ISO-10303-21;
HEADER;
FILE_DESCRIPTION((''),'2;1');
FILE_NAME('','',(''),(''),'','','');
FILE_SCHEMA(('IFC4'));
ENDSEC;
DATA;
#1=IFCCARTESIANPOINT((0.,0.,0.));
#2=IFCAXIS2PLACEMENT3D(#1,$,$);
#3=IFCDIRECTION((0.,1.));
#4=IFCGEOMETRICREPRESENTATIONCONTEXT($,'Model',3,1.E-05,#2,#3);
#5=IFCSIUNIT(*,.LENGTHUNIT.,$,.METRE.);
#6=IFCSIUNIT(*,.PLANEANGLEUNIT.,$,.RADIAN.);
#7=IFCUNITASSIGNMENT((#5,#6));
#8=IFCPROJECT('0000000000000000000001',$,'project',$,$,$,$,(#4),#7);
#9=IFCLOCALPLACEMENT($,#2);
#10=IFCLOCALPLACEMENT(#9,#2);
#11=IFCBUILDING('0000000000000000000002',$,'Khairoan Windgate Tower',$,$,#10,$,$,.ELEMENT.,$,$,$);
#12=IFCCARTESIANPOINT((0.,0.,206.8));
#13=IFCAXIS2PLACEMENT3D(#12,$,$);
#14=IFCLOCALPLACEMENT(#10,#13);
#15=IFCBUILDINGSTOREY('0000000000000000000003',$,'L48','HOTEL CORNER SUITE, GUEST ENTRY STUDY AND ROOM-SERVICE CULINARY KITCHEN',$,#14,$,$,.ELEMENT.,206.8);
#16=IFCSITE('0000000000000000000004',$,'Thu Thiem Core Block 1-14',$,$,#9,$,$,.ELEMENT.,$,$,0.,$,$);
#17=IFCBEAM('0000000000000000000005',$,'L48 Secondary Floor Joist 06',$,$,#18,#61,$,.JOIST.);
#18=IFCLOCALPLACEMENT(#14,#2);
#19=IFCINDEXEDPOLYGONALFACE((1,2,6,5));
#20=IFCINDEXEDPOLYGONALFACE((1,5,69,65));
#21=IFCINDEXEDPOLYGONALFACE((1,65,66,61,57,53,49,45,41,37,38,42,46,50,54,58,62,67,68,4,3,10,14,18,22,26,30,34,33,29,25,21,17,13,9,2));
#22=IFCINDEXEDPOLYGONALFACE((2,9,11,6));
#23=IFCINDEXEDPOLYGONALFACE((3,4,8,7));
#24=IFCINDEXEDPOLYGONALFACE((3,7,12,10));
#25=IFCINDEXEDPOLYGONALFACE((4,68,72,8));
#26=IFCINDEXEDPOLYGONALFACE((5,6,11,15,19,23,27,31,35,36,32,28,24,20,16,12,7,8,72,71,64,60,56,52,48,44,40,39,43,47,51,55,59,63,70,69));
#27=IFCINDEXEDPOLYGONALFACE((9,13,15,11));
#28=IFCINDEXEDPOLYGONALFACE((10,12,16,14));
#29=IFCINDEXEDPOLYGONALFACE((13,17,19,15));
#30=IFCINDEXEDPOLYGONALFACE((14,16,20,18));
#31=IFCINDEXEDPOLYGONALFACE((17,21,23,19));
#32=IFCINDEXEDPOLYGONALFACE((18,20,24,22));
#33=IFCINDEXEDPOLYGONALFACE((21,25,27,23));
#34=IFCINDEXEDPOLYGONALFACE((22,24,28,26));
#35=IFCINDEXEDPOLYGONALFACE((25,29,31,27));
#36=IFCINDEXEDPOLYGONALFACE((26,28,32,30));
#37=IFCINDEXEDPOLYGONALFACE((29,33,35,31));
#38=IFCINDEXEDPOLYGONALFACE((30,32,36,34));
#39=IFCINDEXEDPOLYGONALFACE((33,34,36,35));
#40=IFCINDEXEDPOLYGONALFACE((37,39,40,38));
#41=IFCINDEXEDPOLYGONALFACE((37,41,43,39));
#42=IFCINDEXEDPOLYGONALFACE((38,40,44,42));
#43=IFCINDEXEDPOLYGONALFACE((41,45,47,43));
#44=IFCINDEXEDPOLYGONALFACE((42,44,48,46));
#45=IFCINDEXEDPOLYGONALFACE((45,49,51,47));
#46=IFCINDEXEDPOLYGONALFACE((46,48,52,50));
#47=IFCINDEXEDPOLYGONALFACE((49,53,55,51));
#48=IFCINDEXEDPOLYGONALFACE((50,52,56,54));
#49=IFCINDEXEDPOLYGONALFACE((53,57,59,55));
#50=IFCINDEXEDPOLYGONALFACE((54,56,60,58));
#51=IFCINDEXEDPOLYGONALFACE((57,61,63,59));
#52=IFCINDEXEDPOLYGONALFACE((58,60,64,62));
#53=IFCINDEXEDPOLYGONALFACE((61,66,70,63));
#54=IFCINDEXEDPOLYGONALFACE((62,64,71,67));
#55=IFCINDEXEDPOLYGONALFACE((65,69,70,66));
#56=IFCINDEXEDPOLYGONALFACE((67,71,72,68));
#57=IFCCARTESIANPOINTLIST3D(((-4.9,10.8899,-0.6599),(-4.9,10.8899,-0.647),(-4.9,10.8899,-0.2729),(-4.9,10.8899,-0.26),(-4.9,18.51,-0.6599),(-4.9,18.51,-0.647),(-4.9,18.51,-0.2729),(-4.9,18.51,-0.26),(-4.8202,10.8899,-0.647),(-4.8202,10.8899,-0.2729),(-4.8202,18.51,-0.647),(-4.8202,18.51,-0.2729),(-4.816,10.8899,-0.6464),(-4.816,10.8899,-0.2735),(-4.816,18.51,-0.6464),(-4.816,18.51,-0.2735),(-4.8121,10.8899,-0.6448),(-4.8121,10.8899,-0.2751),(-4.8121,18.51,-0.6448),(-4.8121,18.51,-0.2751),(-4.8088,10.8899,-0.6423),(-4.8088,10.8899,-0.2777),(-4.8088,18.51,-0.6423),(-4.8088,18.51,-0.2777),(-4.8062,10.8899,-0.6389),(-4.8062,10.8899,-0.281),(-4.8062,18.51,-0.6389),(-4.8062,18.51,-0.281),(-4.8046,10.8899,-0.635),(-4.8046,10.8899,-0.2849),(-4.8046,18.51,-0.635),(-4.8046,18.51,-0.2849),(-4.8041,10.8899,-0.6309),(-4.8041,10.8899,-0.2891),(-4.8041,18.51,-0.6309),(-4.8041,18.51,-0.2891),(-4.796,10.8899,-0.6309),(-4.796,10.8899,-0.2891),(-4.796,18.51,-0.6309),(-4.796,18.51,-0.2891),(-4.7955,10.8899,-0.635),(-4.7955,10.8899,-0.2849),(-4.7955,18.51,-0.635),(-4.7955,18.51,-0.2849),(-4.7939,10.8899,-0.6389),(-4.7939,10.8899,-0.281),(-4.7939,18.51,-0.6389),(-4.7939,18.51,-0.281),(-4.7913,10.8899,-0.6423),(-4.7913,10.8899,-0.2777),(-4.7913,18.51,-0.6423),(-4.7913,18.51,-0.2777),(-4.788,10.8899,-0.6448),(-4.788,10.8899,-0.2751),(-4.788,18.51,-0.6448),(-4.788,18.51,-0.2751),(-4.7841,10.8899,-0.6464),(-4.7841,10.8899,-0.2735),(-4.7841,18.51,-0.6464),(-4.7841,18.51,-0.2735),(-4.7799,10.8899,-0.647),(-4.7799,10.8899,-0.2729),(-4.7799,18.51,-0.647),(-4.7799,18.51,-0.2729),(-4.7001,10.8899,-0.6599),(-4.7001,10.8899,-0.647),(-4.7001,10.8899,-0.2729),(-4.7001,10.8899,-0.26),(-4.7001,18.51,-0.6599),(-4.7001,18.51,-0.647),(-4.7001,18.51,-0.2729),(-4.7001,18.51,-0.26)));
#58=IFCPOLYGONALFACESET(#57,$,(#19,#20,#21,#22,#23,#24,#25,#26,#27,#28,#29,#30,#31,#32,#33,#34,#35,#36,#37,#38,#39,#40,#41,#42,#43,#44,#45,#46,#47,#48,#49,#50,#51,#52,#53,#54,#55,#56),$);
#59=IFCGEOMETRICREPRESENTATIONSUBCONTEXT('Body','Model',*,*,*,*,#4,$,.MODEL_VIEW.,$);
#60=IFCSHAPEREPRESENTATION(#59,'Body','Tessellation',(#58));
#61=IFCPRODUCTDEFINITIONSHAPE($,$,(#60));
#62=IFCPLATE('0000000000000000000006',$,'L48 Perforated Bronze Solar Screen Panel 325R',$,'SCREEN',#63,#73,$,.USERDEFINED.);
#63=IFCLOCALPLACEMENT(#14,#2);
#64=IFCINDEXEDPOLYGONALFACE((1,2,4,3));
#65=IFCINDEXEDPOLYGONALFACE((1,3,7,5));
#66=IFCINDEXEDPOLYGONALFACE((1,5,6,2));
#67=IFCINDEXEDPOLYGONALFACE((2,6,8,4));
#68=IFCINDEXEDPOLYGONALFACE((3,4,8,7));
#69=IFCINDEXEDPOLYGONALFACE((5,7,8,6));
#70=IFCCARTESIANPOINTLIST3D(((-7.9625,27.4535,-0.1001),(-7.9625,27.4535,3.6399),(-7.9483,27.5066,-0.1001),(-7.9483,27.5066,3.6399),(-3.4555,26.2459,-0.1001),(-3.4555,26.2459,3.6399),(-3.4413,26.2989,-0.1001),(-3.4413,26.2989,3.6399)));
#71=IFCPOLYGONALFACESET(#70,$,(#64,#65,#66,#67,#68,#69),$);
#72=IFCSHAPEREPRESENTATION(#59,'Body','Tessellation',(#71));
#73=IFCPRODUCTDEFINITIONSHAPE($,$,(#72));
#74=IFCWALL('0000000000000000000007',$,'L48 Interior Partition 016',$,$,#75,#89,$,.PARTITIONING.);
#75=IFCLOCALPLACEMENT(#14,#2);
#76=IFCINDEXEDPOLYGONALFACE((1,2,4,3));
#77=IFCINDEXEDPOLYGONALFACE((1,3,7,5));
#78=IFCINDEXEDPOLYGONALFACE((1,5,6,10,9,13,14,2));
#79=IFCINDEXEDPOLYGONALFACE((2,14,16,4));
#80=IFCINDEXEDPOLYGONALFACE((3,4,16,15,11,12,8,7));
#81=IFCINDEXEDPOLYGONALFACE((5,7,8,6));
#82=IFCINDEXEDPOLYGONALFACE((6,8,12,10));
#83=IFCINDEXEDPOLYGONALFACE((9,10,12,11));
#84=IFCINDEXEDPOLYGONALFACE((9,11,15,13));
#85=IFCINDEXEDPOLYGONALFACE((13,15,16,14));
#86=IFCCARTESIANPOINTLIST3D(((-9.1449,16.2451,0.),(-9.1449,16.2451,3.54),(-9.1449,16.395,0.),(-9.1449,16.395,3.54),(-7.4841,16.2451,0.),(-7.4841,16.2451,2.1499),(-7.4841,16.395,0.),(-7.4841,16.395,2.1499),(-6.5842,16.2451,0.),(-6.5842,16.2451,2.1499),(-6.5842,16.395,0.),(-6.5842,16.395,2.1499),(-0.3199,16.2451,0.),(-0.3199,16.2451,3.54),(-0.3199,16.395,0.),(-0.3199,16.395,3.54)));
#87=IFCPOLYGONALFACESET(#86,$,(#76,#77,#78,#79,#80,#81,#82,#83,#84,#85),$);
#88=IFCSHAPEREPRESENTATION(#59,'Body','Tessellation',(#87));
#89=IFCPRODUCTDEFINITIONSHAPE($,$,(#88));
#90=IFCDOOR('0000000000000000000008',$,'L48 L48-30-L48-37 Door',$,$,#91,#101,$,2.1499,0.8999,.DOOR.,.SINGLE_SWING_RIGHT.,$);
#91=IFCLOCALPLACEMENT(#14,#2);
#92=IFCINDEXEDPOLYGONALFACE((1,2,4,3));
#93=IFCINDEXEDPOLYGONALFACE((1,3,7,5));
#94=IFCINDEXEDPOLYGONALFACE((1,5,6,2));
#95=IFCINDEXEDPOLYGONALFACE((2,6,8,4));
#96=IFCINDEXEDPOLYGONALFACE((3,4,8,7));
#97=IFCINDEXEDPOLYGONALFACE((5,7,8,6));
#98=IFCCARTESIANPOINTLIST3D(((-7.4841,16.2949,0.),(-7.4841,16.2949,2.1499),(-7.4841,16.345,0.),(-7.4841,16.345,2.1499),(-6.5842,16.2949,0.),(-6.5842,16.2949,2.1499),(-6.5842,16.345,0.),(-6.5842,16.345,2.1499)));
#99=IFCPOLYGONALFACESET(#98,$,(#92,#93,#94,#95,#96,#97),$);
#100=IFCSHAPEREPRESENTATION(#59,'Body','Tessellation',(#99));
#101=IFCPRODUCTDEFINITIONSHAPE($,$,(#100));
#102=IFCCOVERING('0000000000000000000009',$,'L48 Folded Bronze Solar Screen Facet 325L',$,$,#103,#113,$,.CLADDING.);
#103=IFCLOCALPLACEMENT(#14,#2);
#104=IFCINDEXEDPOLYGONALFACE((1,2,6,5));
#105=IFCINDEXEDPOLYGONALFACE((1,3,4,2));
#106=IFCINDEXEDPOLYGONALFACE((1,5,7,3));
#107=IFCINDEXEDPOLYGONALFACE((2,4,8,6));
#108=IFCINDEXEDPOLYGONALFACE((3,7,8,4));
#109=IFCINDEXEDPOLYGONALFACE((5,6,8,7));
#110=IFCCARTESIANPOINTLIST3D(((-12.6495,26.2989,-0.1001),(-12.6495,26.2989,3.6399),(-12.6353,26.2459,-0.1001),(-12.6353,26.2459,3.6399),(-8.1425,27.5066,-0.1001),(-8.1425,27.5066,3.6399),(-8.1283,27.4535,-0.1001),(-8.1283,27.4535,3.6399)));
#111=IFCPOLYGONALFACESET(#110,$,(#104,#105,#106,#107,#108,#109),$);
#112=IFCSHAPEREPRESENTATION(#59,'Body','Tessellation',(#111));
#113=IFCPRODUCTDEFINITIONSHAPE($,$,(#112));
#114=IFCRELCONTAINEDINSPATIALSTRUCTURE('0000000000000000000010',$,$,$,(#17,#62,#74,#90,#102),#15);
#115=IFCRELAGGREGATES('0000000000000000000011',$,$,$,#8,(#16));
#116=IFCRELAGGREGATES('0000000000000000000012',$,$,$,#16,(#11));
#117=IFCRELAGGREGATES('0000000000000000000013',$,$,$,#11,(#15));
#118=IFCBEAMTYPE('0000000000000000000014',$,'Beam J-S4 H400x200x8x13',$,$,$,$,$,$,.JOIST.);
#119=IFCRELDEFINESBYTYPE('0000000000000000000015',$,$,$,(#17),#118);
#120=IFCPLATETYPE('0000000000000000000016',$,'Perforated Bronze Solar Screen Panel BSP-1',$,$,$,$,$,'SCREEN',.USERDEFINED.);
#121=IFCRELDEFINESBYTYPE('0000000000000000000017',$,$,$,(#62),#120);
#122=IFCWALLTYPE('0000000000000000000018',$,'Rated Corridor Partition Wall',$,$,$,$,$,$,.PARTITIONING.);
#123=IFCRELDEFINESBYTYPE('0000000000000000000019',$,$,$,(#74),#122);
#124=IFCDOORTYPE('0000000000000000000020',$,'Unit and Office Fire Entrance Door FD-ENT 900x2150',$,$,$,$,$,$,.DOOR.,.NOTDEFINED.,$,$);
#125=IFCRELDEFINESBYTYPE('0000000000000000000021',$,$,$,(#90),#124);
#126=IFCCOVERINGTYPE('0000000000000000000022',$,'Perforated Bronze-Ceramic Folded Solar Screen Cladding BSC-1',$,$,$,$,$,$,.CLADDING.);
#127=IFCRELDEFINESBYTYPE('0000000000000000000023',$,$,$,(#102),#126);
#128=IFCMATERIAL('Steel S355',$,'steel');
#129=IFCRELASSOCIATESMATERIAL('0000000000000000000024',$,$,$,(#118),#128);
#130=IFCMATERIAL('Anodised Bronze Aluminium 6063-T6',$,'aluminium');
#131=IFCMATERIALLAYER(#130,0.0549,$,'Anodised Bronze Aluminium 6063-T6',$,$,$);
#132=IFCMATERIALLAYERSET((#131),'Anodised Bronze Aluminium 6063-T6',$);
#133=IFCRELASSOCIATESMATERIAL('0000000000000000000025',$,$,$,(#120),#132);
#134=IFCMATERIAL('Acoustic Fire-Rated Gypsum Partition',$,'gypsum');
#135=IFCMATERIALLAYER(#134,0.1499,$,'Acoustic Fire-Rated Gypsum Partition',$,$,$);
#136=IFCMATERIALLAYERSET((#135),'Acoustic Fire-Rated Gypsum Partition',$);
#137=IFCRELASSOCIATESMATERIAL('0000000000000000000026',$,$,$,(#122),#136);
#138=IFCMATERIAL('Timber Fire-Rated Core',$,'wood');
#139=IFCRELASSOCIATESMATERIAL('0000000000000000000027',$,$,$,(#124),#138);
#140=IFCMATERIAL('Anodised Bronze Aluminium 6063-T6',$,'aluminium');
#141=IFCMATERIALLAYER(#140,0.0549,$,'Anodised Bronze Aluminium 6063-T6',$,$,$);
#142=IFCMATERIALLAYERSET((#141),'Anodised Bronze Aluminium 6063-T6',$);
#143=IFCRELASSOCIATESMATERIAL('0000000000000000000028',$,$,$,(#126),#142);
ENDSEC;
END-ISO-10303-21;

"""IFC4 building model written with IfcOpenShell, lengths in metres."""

from ifc_helpers import new_model, si_unit, direction, frame, frame_2d, origin, origin_2d, place, context, subcontext, project, spatial, rectangle, i_section, extrude, material, layer, layer_set, material_profile, profile_set, type_object, element, fill, save


model = new_model("IFC4")

# Units and contexts
model_context = context("Model", 3, precision=1e-05, world=origin(), true_north=direction((0.0, 1.0)))
body_context = subcontext(model_context, "Body", "Model", "MODEL_VIEW")
ifc_project = project(units=[si_unit("LENGTHUNIT", "METRE"), si_unit("PLANEANGLEUNIT", "RADIAN")], contexts=[model_context])

# Site, building, storey
site_placement = place(None, origin())
site = spatial("IfcSite", under=ifc_project, at=site_placement, Name="Thu Thiem Core Block 1-14", CompositionType="ELEMENT", RefElevation=0.0)
building_placement = place(site_placement, origin())
building = spatial("IfcBuilding", under=site, at=building_placement, Name="Khairoan Windgate Tower", CompositionType="ELEMENT")
storey_placement = place(building_placement, frame((0.0, 0.0, 206.8)))
storey = spatial("IfcBuildingStorey", under=building, at=storey_placement, Name="L48", Description="HOTEL CORNER SUITE, GUEST ENTRY STUDY AND ROOM-SERVICE CULINARY KITCHEN", CompositionType="ELEMENT", Elevation=206.8)

# Beam
ifc_material_1 = material(Name="Steel S355", Category="steel")
ifc_material_profile_1 = material_profile(ifc_material_1, i_section(OverallWidth=0.2, OverallDepth=0.3999, WebThickness=0.0081, FlangeThickness=0.0129, FilletRadius=0.0161, at=origin_2d()))
ifc_profile_set_1 = profile_set([ifc_material_profile_1], Name="Steel S355")
beam_type_1 = type_object("IfcBeamType", Name="Beam J-S4 H400x200x8x13", PredefinedType="JOIST", material=ifc_profile_set_1)
beam_1_placement = place(storey_placement, frame((-4.8, 10.8899, -0.46), z_axis=(0.0, 1.0, 0.0), x_axis=(-1.0, 0.0, 0.0)))
element("IfcBeam", 1, at=beam_1_placement, inside=storey, type_object=beam_type_1, Name="L48 Secondary Floor Joist 06", PredefinedType="JOIST", context=body_context, shape_type="SweptSolid", body=[
    extrude(i_section(OverallWidth=0.2, OverallDepth=0.3999, WebThickness=0.0081, FlangeThickness=0.0129, FilletRadius=0.0161, at=origin_2d()), origin(), (0.0, 0.0, 1.0), 7.6201),
])

# Plate
ifc_material_2 = material(Name="Anodised Bronze Aluminium 6063-T6", Category="aluminium")
ifc_layer_1 = layer(ifc_material_2, 0.0549, Name="Anodised Bronze Aluminium 6063-T6")
ifc_layer_set_1 = layer_set([ifc_layer_1], Name="Anodised Bronze Aluminium 6063-T6")
plate_type = type_object("IfcPlateType", Name="Perforated Bronze Solar Screen Panel BSP-1", ElementType="SCREEN", PredefinedType="USERDEFINED", material=ifc_layer_set_1)
plate_placement = place(storey_placement, frame((-5.7019, 26.8762, -0.1001), z_axis=(0.0, 0.0, 1.0), x_axis=(0.965926, -0.258819, 0.0)))
element("IfcPlate", 2, at=plate_placement, inside=storey, type_object=plate_type, Name="L48 Perforated Bronze Solar Screen Panel 325R", ObjectType="SCREEN", PredefinedType="USERDEFINED", context=body_context, shape_type="SweptSolid", body=[
    extrude(rectangle(XDim=4.666, YDim=0.0549, at=origin_2d()), origin(), (0.0, 0.0, 1.0), 3.74),
])

# Wall, opening, door
ifc_material_3 = material(Name="Acoustic Fire-Rated Gypsum Partition", Category="gypsum")
ifc_layer_2 = layer(ifc_material_3, 0.1499, Name="Acoustic Fire-Rated Gypsum Partition")
ifc_layer_set_2 = layer_set([ifc_layer_2], Name="Acoustic Fire-Rated Gypsum Partition")
wall_type = type_object("IfcWallType", Name="Rated Corridor Partition Wall", PredefinedType="PARTITIONING", material=ifc_layer_set_2)
wall_placement = place(storey_placement, frame((-9.145, 16.3201, 0.0), z_axis=(0.0, 0.0, 1.0), x_axis=(1.0, 0.0, 0.0)))
wall = element("IfcWall", 3, at=wall_placement, inside=storey, type_object=wall_type, Name="L48 Interior Partition 016", PredefinedType="PARTITIONING", context=body_context, shape_type="SweptSolid", body=[
    extrude(rectangle(XDim=8.825, YDim=0.1499, at=frame_2d((4.4126, 0.0))), origin(), (0.0, 0.0, 1.0), 3.54),
])
opening_placement = place(wall_placement, frame((1.6609, 0.0, 0.0)))
opening = element("IfcOpeningElement", 4, at=opening_placement, cuts=wall, PredefinedType="OPENING", context=body_context, shape_type="SweptSolid", body=[
    extrude(rectangle(XDim=0.8999, YDim=2.1499, at=frame_2d((0.45, 1.075))), frame((0.0, 0.085, 0.0), z_axis=(0.0, -1.0, 0.0), x_axis=(1.0, 0.0, 0.0)), (0.0, 0.0, 1.0), 0.1699),
])
ifc_material_4 = material(Name="Timber Fire-Rated Core", Category="wood")
door_type = type_object("IfcDoorType", Name="Unit and Office Fire Entrance Door FD-ENT 900x2150", OperationType="NOTDEFINED", PredefinedType="DOOR", material=ifc_material_4)
door_placement = place(opening_placement, origin())
door = element("IfcDoor", 5, at=door_placement, inside=storey, type_object=door_type, Name="L48 L48-30-L48-37 Door", OperationType="SINGLE_SWING_RIGHT", OverallHeight=2.1499, OverallWidth=0.8999, PredefinedType="DOOR", context=body_context, shape_type="SweptSolid", body=[
    extrude(rectangle(XDim=0.8999, YDim=2.1499, at=frame_2d((0.45, 1.075))), frame((0.0, 0.0249, 0.0), z_axis=(0.0, -1.0, 0.0), x_axis=(1.0, 0.0, 0.0)), (0.0, 0.0, 1.0), 0.05),
])
fill(opening, door)

# Covering
ifc_material_5 = material(Name="Anodised Bronze Aluminium 6063-T6", Category="aluminium")
ifc_layer_3 = layer(ifc_material_5, 0.0549, Name="Anodised Bronze Aluminium 6063-T6")
ifc_layer_set_3 = layer_set([ifc_layer_3], Name="Anodised Bronze Aluminium 6063-T6")
covering_type = type_object("IfcCoveringType", Name="Perforated Bronze-Ceramic Folded Solar Screen Cladding BSC-1", PredefinedType="CLADDING", material=ifc_layer_set_3)
covering_placement = place(storey_placement, frame((-10.3889, 26.8762, -0.1001), z_axis=(0.0, 0.0, 1.0), x_axis=(0.965926, 0.258819, 0.0)))
element("IfcCovering", 6, at=covering_placement, inside=storey, type_object=covering_type, Name="L48 Folded Bronze Solar Screen Facet 325L", PredefinedType="CLADDING", context=body_context, shape_type="SweptSolid", body=[
    extrude(rectangle(XDim=4.666, YDim=0.0549, at=origin_2d()), origin(), (0.0, 0.0, 1.0), 3.74),
])

save(model, "model.ifc")
